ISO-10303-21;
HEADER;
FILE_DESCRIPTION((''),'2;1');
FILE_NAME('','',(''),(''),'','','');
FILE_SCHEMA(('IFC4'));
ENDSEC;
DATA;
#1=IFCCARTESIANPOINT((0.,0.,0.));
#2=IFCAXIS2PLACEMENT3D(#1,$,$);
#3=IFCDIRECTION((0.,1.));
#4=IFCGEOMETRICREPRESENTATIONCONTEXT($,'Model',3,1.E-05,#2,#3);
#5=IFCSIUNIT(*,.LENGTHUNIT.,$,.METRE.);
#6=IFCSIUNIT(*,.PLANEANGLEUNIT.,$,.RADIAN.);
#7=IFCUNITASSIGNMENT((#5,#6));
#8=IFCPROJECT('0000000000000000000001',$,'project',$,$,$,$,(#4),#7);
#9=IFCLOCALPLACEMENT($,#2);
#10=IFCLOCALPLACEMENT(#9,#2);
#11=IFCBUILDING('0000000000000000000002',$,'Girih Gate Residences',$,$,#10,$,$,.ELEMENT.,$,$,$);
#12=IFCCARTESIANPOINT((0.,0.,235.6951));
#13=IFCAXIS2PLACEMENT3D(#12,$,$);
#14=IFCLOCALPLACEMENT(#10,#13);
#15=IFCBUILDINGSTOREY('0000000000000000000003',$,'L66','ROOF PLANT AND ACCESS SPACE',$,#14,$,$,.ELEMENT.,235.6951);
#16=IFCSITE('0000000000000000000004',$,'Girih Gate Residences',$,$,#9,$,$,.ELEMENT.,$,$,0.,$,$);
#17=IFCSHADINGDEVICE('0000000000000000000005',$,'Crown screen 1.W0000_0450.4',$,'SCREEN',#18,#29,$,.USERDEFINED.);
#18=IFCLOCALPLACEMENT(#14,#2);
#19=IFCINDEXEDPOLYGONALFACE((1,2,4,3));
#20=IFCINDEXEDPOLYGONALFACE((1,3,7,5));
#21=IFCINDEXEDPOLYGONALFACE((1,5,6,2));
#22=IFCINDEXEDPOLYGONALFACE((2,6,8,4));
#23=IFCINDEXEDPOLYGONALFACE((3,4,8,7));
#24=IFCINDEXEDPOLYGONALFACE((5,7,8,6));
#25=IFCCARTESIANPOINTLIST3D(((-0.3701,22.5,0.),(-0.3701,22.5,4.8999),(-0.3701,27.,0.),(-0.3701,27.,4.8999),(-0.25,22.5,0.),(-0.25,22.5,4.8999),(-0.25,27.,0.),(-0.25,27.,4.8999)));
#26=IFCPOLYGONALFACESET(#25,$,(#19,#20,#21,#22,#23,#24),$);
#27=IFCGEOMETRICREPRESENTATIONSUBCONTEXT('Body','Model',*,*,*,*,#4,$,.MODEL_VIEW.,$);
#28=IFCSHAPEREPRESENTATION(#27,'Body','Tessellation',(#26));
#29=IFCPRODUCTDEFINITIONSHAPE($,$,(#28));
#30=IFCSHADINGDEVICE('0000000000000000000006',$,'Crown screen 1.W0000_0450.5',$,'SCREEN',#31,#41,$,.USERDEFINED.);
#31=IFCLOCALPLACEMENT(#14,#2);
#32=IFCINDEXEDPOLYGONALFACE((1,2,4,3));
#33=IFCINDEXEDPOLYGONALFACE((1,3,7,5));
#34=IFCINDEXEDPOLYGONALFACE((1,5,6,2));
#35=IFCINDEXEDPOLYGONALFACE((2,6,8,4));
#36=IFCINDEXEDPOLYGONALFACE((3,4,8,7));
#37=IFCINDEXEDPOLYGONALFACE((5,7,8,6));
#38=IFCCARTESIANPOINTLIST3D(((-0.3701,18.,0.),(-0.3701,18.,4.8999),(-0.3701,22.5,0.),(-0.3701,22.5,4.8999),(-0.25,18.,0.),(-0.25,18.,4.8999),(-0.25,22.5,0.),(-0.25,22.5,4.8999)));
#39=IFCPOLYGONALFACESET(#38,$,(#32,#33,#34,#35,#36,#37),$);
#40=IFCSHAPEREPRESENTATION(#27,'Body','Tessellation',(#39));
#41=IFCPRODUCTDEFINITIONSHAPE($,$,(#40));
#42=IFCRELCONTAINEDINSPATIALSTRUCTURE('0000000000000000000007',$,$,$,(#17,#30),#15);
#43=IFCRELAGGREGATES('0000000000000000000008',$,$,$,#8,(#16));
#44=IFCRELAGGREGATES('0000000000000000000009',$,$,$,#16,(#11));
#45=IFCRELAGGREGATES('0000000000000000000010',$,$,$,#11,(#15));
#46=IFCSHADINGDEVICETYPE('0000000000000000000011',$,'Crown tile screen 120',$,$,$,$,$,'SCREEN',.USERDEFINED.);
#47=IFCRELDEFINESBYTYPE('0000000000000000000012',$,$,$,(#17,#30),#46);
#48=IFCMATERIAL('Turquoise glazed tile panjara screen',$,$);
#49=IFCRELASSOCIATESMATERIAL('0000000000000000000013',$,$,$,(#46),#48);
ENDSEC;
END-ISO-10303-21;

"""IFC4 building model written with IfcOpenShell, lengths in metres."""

from ifc_helpers import new_model, si_unit, direction, frame, origin, origin_2d, place, context, subcontext, project, spatial, rectangle, extrude, material, type_object, element, save


model = new_model("IFC4")

# Units and contexts
model_context = context("Model", 3, precision=1e-05, world=origin(), true_north=direction((0.0, 1.0)))
body_context = subcontext(model_context, "Body", "Model", "MODEL_VIEW")
ifc_project = project(units=[si_unit("LENGTHUNIT", "METRE"), si_unit("PLANEANGLEUNIT", "RADIAN")], contexts=[model_context])

# Site, building, storey
site_placement = place(None, origin())
site = spatial("IfcSite", under=ifc_project, at=site_placement, Name="Girih Gate Residences", CompositionType="ELEMENT", RefElevation=0.0)
building_placement = place(site_placement, origin())
building = spatial("IfcBuilding", under=site, at=building_placement, Name="Girih Gate Residences", CompositionType="ELEMENT")
storey_placement = place(building_placement, frame((0.0, 0.0, 235.6951)))
storey = spatial("IfcBuildingStorey", under=building, at=storey_placement, Name="L66", Description="ROOF PLANT AND ACCESS SPACE", CompositionType="ELEMENT", Elevation=235.6951)

# Shading devices
ifc_material_1 = material(Name="Turquoise glazed tile panjara screen")
shading_device_type_1 = type_object("IfcShadingDeviceType", Name="Crown tile screen 120", ElementType="SCREEN", PredefinedType="USERDEFINED", material=ifc_material_1)
for number, where, z_axis, x_axis, name in (
    (1, (-0.3101, 24.75, 0.0), (0.0, 0.0, 1.0), (0.0, -1.0, 0.0), "Crown screen 1.W0000_0450.4"),
    (2, (-0.3101, 20.25, 0.0), (0.0, 0.0, 1.0), (0.0, -1.0, 0.0), "Crown screen 1.W0000_0450.5"),
):
    element("IfcShadingDevice", number, at=place(storey_placement, frame(where, z_axis=z_axis, x_axis=x_axis)), inside=storey, type_object=shading_device_type_1, Name=name, ObjectType="SCREEN", PredefinedType="USERDEFINED", context=body_context, shape_type="SweptSolid", body=[
        extrude(rectangle(XDim=4.5, YDim=0.1201, at=origin_2d()), origin(), (0.0, 0.0, 1.0), 4.8999),
    ])

save(model, "model.ifc")
